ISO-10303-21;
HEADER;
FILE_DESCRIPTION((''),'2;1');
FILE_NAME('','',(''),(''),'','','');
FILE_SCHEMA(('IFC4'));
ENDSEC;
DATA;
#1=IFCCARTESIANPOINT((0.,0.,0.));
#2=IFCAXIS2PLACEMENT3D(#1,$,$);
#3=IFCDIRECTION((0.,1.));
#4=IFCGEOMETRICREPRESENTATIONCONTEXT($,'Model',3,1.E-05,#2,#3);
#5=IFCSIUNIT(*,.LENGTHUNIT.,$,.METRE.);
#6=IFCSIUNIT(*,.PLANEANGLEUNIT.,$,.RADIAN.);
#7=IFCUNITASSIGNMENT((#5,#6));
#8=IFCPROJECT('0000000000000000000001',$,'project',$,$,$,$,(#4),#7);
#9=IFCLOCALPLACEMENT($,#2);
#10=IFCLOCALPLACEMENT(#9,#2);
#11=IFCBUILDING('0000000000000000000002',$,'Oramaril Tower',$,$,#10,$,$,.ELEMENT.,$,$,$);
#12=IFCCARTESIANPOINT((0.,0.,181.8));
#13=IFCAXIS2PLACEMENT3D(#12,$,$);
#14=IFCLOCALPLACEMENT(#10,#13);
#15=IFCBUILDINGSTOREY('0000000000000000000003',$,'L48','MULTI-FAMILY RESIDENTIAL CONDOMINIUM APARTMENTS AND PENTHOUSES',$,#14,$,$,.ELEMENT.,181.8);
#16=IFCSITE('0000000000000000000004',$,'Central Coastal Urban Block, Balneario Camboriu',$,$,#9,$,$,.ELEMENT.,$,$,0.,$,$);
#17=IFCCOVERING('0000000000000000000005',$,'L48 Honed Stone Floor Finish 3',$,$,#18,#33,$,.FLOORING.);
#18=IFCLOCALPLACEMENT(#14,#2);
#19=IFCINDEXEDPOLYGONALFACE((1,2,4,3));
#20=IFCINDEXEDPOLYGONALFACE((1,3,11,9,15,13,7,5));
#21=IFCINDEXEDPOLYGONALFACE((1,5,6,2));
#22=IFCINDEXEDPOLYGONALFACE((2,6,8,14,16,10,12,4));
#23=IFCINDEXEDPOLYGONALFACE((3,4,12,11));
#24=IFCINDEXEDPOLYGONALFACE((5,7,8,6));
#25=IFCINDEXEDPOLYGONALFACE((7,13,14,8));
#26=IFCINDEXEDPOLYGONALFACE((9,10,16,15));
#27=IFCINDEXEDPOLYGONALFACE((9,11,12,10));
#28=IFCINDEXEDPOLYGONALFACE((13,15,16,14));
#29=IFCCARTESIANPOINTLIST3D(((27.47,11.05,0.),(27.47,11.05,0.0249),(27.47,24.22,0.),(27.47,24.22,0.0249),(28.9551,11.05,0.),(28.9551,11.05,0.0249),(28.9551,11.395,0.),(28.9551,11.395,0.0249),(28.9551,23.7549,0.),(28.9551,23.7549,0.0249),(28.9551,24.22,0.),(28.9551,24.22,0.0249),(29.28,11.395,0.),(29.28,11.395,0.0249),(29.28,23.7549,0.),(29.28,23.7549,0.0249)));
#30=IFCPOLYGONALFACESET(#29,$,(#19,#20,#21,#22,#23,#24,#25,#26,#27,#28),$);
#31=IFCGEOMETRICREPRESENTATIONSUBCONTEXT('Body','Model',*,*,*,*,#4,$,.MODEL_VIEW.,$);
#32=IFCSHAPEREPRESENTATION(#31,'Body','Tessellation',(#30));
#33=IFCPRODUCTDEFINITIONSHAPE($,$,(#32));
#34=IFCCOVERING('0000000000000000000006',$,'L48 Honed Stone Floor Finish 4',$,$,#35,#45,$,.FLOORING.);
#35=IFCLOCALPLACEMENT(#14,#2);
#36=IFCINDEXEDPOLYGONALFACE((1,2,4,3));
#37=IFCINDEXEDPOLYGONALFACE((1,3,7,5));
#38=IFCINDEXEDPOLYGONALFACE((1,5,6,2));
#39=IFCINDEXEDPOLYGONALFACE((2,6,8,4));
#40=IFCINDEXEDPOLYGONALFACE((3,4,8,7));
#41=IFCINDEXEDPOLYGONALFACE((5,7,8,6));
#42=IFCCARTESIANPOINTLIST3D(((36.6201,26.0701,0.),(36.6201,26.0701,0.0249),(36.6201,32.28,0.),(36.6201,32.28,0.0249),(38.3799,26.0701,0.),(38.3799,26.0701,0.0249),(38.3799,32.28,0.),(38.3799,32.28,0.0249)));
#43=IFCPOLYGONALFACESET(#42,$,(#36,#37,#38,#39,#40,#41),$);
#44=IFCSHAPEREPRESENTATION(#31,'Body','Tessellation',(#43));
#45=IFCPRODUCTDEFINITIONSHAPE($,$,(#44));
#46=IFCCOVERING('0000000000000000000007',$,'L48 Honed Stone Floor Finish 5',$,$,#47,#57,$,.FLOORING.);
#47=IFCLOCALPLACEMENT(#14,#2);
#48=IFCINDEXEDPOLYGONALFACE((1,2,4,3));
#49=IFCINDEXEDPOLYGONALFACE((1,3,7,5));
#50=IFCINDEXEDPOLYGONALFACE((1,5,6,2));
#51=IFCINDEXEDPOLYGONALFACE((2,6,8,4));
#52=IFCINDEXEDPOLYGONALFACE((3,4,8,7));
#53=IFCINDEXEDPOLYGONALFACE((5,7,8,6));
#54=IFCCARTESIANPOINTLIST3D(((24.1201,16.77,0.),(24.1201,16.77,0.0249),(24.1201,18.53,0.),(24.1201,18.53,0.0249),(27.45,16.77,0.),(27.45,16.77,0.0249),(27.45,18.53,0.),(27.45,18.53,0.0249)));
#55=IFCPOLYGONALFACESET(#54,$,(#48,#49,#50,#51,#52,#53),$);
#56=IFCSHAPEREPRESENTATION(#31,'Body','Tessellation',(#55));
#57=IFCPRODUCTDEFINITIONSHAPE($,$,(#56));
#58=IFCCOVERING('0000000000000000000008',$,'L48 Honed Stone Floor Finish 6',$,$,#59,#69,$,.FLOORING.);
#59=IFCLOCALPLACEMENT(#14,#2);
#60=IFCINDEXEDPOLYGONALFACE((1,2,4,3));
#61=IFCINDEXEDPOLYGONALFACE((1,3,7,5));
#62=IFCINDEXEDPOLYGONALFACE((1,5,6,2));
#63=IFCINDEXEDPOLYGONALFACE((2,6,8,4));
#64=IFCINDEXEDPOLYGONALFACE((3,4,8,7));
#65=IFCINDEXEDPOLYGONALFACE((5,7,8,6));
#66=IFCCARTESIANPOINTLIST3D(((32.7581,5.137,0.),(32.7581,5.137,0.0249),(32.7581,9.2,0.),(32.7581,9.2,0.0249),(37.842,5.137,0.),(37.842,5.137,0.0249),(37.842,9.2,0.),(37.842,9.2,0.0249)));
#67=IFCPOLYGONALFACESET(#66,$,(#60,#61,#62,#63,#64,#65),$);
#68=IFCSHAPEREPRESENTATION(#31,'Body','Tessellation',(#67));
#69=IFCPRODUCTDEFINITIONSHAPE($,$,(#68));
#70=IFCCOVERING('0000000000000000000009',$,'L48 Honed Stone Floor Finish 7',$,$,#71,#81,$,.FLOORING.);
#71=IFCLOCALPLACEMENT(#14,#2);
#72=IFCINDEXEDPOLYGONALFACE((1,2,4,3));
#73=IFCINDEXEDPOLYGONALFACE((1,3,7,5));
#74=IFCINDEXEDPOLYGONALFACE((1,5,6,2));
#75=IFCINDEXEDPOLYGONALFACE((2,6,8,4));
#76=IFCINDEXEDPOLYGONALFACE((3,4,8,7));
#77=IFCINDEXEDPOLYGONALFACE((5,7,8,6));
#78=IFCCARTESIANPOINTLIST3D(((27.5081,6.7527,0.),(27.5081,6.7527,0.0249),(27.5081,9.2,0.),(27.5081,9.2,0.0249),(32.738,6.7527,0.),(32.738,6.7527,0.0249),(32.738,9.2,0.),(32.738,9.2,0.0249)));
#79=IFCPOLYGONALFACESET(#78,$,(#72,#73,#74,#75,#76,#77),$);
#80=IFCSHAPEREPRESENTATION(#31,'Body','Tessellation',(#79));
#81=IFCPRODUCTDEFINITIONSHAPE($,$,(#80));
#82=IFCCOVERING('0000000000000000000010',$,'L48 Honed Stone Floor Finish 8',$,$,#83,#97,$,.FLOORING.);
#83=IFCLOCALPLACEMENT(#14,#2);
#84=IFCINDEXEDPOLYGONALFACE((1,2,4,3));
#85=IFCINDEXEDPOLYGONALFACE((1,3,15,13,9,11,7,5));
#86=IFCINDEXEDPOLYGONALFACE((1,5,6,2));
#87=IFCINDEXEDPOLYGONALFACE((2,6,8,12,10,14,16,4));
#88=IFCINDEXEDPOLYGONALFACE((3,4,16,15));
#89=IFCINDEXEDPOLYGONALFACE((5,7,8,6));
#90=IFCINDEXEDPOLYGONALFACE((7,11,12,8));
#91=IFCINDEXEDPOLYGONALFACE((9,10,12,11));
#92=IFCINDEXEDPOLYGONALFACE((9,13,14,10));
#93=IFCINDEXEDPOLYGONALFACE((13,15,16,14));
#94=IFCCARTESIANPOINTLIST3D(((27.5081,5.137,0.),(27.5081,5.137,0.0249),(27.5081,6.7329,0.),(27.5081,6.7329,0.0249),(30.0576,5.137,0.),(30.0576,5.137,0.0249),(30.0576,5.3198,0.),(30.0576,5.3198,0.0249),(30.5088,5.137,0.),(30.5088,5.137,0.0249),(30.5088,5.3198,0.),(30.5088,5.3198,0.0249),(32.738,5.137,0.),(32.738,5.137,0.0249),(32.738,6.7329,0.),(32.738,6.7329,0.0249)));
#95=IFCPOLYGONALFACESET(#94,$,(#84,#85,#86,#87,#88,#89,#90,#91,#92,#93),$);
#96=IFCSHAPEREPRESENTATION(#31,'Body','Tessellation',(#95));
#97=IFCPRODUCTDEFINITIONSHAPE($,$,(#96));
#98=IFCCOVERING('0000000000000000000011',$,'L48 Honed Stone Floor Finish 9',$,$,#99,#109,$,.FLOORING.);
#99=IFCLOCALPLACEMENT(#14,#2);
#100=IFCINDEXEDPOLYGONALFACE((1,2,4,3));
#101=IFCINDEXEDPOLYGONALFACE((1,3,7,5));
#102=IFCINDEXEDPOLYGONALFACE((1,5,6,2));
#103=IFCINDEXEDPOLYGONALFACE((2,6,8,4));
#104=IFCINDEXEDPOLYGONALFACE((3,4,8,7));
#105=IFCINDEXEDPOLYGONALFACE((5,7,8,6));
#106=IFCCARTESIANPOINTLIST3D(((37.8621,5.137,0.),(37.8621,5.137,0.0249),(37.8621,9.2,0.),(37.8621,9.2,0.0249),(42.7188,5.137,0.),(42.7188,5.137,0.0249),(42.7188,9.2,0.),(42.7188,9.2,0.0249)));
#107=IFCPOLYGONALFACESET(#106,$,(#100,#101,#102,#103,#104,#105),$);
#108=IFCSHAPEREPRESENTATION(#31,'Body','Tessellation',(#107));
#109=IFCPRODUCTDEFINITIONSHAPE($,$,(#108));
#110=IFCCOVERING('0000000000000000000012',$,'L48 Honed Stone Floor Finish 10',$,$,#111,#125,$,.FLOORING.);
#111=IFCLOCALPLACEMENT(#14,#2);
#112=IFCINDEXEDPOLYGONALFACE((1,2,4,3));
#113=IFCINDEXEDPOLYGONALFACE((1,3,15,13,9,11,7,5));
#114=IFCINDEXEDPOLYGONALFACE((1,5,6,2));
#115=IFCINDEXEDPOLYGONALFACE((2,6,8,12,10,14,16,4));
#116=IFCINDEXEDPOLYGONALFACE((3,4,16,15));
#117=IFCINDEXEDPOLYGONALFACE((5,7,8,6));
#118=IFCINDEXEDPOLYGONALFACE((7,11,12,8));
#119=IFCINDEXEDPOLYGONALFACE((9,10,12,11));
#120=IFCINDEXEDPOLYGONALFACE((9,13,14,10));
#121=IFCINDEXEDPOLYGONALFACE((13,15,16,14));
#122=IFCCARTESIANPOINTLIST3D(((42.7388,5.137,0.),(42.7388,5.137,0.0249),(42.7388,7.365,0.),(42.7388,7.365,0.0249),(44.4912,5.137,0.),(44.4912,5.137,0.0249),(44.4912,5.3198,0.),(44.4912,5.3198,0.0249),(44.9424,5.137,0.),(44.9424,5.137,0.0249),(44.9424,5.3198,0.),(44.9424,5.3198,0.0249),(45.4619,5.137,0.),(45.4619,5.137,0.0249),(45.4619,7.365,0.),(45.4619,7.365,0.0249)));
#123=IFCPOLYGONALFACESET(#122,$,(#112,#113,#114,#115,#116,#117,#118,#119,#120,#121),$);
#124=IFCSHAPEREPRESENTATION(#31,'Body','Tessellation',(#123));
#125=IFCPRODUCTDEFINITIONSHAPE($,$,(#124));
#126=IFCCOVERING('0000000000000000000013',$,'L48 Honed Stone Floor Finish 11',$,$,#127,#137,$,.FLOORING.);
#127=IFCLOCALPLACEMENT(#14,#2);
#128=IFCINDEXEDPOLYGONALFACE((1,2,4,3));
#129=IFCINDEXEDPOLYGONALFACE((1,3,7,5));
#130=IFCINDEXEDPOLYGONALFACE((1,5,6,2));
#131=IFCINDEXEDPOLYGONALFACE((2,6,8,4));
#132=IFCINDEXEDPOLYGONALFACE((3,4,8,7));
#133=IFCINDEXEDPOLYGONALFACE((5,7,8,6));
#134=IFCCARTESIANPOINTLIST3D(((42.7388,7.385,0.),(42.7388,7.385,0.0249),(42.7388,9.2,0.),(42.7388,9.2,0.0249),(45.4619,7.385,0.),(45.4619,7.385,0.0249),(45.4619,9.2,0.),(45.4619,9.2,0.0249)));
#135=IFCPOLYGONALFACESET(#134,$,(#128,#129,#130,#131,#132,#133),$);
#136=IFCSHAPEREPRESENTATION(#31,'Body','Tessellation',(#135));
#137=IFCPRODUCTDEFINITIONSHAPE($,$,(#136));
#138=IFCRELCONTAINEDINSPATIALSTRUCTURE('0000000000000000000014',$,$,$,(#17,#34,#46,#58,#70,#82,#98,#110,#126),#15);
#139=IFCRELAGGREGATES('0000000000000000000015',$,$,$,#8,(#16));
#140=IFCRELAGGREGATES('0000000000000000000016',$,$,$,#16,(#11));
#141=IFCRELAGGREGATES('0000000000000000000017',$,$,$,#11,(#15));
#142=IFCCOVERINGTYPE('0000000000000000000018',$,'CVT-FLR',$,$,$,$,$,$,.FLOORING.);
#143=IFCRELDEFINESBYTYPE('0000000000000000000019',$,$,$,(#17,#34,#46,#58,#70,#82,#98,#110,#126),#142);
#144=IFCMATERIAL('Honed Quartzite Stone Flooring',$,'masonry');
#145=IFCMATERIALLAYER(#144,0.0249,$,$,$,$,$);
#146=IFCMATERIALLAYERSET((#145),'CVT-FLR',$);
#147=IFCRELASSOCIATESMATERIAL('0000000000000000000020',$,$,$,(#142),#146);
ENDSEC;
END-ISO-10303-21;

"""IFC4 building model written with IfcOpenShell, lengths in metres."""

from ifc_helpers import new_model, si_unit, direction, frame, origin, place, context, subcontext, project, spatial, polyline, outline, extrude, material, layer, layer_set, type_object, element, save


model = new_model("IFC4")

# Units and contexts
model_context = context("Model", 3, precision=1e-05, world=origin(), true_north=direction((0.0, 1.0)))
body_context = subcontext(model_context, "Body", "Model", "MODEL_VIEW")
ifc_project = project(units=[si_unit("LENGTHUNIT", "METRE"), si_unit("PLANEANGLEUNIT", "RADIAN")], contexts=[model_context])

# Site, building, storey
site_placement = place(None, origin())
site = spatial("IfcSite", under=ifc_project, at=site_placement, Name="Central Coastal Urban Block, Balneario Camboriu", CompositionType="ELEMENT", RefElevation=0.0)
building_placement = place(site_placement, origin())
building = spatial("IfcBuilding", under=site, at=building_placement, Name="Oramaril Tower", CompositionType="ELEMENT")
storey_placement = place(building_placement, frame((0.0, 0.0, 181.8)))
storey = spatial("IfcBuildingStorey", under=building, at=storey_placement, Name="L48", Description="MULTI-FAMILY RESIDENTIAL CONDOMINIUM APARTMENTS AND PENTHOUSES", CompositionType="ELEMENT", Elevation=181.8)

# Coverings
ifc_material_1 = material(Name="Honed Quartzite Stone Flooring", Category="masonry")
ifc_layer_1 = layer(ifc_material_1, 0.0249)
ifc_layer_set_1 = layer_set([ifc_layer_1], Name="CVT-FLR")
covering_type_1 = type_object("IfcCoveringType", Name="CVT-FLR", PredefinedType="FLOORING", material=ifc_layer_set_1)
covering_1_placement = place(storey_placement, origin())
element("IfcCovering", 1, at=covering_1_placement, inside=storey, type_object=covering_type_1, Name="L48 Honed Stone Floor Finish 3", PredefinedType="FLOORING", context=body_context, shape_type="SweptSolid", body=[
    extrude(outline(polyline([(28.9551, 23.7549), (29.28, 23.7549), (29.28, 11.395), (28.9551, 11.395), (28.9551, 11.05), (27.47, 11.05), (27.47, 24.22), (28.9551, 24.22), (28.9551, 23.7549)])), origin(), (0.0, 0.0, 1.0), 0.0249),
])
covering_2_placement = place(storey_placement, origin())
element("IfcCovering", 2, at=covering_2_placement, inside=storey, type_object=covering_type_1, Name="L48 Honed Stone Floor Finish 4", PredefinedType="FLOORING", context=body_context, shape_type="SweptSolid", body=[
    extrude(outline(polyline([(38.3799, 26.0701), (36.6201, 26.0701), (36.6201, 32.28), (38.3799, 32.28), (38.3799, 26.0701)])), origin(), (0.0, 0.0, 1.0), 0.0249),
])
covering_3_placement = place(storey_placement, origin())
element("IfcCovering", 3, at=covering_3_placement, inside=storey, type_object=covering_type_1, Name="L48 Honed Stone Floor Finish 5", PredefinedType="FLOORING", context=body_context, shape_type="SweptSolid", body=[
    extrude(outline(polyline([(24.1201, 16.77), (24.1201, 18.53), (27.45, 18.53), (27.45, 16.77), (24.1201, 16.77)])), origin(), (0.0, 0.0, 1.0), 0.0249),
])
covering_4_placement = place(storey_placement, origin())
element("IfcCovering", 4, at=covering_4_placement, inside=storey, type_object=covering_type_1, Name="L48 Honed Stone Floor Finish 6", PredefinedType="FLOORING", context=body_context, shape_type="SweptSolid", body=[
    extrude(outline(polyline([(37.842, 5.137), (32.7581, 5.137), (32.7581, 9.2), (37.842, 9.2), (37.842, 5.137)])), origin(), (0.0, 0.0, 1.0), 0.0249),
])
covering_5_placement = place(storey_placement, origin())
element("IfcCovering", 5, at=covering_5_placement, inside=storey, type_object=covering_type_1, Name="L48 Honed Stone Floor Finish 7", PredefinedType="FLOORING", context=body_context, shape_type="SweptSolid", body=[
    extrude(outline(polyline([(27.5081, 6.7527), (27.5081, 9.2), (32.738, 9.2), (32.738, 6.7527), (27.5081, 6.7527)])), origin(), (0.0, 0.0, 1.0), 0.0249),
])
covering_6_placement = place(storey_placement, origin())
element("IfcCovering", 6, at=covering_6_placement, inside=storey, type_object=covering_type_1, Name="L48 Honed Stone Floor Finish 8", PredefinedType="FLOORING", context=body_context, shape_type="SweptSolid", body=[
    extrude(outline(polyline([(30.5088, 5.137), (30.5088, 5.3198), (30.0576, 5.3198), (30.0576, 5.137), (27.5081, 5.137), (27.5081, 6.7329), (32.738, 6.7329), (32.738, 5.137), (30.5088, 5.137)])), origin(), (0.0, 0.0, 1.0), 0.0249),
])
covering_7_placement = place(storey_placement, origin())
element("IfcCovering", 7, at=covering_7_placement, inside=storey, type_object=covering_type_1, Name="L48 Honed Stone Floor Finish 9", PredefinedType="FLOORING", context=body_context, shape_type="SweptSolid", body=[
    extrude(outline(polyline([(42.7188, 5.137), (37.8621, 5.137), (37.8621, 9.2), (42.7188, 9.2), (42.7188, 5.137)])), origin(), (0.0, 0.0, 1.0), 0.0249),
])
covering_8_placement = place(storey_placement, origin())
element("IfcCovering", 8, at=covering_8_placement, inside=storey, type_object=covering_type_1, Name="L48 Honed Stone Floor Finish 10", PredefinedType="FLOORING", context=body_context, shape_type="SweptSolid", body=[
    extrude(outline(polyline([(44.9424, 5.3198), (44.4912, 5.3198), (44.4912, 5.137), (42.7388, 5.137), (42.7388, 7.365), (45.4619, 7.365), (45.4619, 5.137), (44.9424, 5.137), (44.9424, 5.3198)])), origin(), (0.0, 0.0, 1.0), 0.0249),
])
covering_9_placement = place(storey_placement, origin())
element("IfcCovering", 9, at=covering_9_placement, inside=storey, type_object=covering_type_1, Name="L48 Honed Stone Floor Finish 11", PredefinedType="FLOORING", context=body_context, shape_type="SweptSolid", body=[
    extrude(outline(polyline([(45.4619, 7.385), (42.7388, 7.385), (42.7388, 9.2), (45.4619, 9.2), (45.4619, 7.385)])), origin(), (0.0, 0.0, 1.0), 0.0249),
])

save(model, "model.ifc")
